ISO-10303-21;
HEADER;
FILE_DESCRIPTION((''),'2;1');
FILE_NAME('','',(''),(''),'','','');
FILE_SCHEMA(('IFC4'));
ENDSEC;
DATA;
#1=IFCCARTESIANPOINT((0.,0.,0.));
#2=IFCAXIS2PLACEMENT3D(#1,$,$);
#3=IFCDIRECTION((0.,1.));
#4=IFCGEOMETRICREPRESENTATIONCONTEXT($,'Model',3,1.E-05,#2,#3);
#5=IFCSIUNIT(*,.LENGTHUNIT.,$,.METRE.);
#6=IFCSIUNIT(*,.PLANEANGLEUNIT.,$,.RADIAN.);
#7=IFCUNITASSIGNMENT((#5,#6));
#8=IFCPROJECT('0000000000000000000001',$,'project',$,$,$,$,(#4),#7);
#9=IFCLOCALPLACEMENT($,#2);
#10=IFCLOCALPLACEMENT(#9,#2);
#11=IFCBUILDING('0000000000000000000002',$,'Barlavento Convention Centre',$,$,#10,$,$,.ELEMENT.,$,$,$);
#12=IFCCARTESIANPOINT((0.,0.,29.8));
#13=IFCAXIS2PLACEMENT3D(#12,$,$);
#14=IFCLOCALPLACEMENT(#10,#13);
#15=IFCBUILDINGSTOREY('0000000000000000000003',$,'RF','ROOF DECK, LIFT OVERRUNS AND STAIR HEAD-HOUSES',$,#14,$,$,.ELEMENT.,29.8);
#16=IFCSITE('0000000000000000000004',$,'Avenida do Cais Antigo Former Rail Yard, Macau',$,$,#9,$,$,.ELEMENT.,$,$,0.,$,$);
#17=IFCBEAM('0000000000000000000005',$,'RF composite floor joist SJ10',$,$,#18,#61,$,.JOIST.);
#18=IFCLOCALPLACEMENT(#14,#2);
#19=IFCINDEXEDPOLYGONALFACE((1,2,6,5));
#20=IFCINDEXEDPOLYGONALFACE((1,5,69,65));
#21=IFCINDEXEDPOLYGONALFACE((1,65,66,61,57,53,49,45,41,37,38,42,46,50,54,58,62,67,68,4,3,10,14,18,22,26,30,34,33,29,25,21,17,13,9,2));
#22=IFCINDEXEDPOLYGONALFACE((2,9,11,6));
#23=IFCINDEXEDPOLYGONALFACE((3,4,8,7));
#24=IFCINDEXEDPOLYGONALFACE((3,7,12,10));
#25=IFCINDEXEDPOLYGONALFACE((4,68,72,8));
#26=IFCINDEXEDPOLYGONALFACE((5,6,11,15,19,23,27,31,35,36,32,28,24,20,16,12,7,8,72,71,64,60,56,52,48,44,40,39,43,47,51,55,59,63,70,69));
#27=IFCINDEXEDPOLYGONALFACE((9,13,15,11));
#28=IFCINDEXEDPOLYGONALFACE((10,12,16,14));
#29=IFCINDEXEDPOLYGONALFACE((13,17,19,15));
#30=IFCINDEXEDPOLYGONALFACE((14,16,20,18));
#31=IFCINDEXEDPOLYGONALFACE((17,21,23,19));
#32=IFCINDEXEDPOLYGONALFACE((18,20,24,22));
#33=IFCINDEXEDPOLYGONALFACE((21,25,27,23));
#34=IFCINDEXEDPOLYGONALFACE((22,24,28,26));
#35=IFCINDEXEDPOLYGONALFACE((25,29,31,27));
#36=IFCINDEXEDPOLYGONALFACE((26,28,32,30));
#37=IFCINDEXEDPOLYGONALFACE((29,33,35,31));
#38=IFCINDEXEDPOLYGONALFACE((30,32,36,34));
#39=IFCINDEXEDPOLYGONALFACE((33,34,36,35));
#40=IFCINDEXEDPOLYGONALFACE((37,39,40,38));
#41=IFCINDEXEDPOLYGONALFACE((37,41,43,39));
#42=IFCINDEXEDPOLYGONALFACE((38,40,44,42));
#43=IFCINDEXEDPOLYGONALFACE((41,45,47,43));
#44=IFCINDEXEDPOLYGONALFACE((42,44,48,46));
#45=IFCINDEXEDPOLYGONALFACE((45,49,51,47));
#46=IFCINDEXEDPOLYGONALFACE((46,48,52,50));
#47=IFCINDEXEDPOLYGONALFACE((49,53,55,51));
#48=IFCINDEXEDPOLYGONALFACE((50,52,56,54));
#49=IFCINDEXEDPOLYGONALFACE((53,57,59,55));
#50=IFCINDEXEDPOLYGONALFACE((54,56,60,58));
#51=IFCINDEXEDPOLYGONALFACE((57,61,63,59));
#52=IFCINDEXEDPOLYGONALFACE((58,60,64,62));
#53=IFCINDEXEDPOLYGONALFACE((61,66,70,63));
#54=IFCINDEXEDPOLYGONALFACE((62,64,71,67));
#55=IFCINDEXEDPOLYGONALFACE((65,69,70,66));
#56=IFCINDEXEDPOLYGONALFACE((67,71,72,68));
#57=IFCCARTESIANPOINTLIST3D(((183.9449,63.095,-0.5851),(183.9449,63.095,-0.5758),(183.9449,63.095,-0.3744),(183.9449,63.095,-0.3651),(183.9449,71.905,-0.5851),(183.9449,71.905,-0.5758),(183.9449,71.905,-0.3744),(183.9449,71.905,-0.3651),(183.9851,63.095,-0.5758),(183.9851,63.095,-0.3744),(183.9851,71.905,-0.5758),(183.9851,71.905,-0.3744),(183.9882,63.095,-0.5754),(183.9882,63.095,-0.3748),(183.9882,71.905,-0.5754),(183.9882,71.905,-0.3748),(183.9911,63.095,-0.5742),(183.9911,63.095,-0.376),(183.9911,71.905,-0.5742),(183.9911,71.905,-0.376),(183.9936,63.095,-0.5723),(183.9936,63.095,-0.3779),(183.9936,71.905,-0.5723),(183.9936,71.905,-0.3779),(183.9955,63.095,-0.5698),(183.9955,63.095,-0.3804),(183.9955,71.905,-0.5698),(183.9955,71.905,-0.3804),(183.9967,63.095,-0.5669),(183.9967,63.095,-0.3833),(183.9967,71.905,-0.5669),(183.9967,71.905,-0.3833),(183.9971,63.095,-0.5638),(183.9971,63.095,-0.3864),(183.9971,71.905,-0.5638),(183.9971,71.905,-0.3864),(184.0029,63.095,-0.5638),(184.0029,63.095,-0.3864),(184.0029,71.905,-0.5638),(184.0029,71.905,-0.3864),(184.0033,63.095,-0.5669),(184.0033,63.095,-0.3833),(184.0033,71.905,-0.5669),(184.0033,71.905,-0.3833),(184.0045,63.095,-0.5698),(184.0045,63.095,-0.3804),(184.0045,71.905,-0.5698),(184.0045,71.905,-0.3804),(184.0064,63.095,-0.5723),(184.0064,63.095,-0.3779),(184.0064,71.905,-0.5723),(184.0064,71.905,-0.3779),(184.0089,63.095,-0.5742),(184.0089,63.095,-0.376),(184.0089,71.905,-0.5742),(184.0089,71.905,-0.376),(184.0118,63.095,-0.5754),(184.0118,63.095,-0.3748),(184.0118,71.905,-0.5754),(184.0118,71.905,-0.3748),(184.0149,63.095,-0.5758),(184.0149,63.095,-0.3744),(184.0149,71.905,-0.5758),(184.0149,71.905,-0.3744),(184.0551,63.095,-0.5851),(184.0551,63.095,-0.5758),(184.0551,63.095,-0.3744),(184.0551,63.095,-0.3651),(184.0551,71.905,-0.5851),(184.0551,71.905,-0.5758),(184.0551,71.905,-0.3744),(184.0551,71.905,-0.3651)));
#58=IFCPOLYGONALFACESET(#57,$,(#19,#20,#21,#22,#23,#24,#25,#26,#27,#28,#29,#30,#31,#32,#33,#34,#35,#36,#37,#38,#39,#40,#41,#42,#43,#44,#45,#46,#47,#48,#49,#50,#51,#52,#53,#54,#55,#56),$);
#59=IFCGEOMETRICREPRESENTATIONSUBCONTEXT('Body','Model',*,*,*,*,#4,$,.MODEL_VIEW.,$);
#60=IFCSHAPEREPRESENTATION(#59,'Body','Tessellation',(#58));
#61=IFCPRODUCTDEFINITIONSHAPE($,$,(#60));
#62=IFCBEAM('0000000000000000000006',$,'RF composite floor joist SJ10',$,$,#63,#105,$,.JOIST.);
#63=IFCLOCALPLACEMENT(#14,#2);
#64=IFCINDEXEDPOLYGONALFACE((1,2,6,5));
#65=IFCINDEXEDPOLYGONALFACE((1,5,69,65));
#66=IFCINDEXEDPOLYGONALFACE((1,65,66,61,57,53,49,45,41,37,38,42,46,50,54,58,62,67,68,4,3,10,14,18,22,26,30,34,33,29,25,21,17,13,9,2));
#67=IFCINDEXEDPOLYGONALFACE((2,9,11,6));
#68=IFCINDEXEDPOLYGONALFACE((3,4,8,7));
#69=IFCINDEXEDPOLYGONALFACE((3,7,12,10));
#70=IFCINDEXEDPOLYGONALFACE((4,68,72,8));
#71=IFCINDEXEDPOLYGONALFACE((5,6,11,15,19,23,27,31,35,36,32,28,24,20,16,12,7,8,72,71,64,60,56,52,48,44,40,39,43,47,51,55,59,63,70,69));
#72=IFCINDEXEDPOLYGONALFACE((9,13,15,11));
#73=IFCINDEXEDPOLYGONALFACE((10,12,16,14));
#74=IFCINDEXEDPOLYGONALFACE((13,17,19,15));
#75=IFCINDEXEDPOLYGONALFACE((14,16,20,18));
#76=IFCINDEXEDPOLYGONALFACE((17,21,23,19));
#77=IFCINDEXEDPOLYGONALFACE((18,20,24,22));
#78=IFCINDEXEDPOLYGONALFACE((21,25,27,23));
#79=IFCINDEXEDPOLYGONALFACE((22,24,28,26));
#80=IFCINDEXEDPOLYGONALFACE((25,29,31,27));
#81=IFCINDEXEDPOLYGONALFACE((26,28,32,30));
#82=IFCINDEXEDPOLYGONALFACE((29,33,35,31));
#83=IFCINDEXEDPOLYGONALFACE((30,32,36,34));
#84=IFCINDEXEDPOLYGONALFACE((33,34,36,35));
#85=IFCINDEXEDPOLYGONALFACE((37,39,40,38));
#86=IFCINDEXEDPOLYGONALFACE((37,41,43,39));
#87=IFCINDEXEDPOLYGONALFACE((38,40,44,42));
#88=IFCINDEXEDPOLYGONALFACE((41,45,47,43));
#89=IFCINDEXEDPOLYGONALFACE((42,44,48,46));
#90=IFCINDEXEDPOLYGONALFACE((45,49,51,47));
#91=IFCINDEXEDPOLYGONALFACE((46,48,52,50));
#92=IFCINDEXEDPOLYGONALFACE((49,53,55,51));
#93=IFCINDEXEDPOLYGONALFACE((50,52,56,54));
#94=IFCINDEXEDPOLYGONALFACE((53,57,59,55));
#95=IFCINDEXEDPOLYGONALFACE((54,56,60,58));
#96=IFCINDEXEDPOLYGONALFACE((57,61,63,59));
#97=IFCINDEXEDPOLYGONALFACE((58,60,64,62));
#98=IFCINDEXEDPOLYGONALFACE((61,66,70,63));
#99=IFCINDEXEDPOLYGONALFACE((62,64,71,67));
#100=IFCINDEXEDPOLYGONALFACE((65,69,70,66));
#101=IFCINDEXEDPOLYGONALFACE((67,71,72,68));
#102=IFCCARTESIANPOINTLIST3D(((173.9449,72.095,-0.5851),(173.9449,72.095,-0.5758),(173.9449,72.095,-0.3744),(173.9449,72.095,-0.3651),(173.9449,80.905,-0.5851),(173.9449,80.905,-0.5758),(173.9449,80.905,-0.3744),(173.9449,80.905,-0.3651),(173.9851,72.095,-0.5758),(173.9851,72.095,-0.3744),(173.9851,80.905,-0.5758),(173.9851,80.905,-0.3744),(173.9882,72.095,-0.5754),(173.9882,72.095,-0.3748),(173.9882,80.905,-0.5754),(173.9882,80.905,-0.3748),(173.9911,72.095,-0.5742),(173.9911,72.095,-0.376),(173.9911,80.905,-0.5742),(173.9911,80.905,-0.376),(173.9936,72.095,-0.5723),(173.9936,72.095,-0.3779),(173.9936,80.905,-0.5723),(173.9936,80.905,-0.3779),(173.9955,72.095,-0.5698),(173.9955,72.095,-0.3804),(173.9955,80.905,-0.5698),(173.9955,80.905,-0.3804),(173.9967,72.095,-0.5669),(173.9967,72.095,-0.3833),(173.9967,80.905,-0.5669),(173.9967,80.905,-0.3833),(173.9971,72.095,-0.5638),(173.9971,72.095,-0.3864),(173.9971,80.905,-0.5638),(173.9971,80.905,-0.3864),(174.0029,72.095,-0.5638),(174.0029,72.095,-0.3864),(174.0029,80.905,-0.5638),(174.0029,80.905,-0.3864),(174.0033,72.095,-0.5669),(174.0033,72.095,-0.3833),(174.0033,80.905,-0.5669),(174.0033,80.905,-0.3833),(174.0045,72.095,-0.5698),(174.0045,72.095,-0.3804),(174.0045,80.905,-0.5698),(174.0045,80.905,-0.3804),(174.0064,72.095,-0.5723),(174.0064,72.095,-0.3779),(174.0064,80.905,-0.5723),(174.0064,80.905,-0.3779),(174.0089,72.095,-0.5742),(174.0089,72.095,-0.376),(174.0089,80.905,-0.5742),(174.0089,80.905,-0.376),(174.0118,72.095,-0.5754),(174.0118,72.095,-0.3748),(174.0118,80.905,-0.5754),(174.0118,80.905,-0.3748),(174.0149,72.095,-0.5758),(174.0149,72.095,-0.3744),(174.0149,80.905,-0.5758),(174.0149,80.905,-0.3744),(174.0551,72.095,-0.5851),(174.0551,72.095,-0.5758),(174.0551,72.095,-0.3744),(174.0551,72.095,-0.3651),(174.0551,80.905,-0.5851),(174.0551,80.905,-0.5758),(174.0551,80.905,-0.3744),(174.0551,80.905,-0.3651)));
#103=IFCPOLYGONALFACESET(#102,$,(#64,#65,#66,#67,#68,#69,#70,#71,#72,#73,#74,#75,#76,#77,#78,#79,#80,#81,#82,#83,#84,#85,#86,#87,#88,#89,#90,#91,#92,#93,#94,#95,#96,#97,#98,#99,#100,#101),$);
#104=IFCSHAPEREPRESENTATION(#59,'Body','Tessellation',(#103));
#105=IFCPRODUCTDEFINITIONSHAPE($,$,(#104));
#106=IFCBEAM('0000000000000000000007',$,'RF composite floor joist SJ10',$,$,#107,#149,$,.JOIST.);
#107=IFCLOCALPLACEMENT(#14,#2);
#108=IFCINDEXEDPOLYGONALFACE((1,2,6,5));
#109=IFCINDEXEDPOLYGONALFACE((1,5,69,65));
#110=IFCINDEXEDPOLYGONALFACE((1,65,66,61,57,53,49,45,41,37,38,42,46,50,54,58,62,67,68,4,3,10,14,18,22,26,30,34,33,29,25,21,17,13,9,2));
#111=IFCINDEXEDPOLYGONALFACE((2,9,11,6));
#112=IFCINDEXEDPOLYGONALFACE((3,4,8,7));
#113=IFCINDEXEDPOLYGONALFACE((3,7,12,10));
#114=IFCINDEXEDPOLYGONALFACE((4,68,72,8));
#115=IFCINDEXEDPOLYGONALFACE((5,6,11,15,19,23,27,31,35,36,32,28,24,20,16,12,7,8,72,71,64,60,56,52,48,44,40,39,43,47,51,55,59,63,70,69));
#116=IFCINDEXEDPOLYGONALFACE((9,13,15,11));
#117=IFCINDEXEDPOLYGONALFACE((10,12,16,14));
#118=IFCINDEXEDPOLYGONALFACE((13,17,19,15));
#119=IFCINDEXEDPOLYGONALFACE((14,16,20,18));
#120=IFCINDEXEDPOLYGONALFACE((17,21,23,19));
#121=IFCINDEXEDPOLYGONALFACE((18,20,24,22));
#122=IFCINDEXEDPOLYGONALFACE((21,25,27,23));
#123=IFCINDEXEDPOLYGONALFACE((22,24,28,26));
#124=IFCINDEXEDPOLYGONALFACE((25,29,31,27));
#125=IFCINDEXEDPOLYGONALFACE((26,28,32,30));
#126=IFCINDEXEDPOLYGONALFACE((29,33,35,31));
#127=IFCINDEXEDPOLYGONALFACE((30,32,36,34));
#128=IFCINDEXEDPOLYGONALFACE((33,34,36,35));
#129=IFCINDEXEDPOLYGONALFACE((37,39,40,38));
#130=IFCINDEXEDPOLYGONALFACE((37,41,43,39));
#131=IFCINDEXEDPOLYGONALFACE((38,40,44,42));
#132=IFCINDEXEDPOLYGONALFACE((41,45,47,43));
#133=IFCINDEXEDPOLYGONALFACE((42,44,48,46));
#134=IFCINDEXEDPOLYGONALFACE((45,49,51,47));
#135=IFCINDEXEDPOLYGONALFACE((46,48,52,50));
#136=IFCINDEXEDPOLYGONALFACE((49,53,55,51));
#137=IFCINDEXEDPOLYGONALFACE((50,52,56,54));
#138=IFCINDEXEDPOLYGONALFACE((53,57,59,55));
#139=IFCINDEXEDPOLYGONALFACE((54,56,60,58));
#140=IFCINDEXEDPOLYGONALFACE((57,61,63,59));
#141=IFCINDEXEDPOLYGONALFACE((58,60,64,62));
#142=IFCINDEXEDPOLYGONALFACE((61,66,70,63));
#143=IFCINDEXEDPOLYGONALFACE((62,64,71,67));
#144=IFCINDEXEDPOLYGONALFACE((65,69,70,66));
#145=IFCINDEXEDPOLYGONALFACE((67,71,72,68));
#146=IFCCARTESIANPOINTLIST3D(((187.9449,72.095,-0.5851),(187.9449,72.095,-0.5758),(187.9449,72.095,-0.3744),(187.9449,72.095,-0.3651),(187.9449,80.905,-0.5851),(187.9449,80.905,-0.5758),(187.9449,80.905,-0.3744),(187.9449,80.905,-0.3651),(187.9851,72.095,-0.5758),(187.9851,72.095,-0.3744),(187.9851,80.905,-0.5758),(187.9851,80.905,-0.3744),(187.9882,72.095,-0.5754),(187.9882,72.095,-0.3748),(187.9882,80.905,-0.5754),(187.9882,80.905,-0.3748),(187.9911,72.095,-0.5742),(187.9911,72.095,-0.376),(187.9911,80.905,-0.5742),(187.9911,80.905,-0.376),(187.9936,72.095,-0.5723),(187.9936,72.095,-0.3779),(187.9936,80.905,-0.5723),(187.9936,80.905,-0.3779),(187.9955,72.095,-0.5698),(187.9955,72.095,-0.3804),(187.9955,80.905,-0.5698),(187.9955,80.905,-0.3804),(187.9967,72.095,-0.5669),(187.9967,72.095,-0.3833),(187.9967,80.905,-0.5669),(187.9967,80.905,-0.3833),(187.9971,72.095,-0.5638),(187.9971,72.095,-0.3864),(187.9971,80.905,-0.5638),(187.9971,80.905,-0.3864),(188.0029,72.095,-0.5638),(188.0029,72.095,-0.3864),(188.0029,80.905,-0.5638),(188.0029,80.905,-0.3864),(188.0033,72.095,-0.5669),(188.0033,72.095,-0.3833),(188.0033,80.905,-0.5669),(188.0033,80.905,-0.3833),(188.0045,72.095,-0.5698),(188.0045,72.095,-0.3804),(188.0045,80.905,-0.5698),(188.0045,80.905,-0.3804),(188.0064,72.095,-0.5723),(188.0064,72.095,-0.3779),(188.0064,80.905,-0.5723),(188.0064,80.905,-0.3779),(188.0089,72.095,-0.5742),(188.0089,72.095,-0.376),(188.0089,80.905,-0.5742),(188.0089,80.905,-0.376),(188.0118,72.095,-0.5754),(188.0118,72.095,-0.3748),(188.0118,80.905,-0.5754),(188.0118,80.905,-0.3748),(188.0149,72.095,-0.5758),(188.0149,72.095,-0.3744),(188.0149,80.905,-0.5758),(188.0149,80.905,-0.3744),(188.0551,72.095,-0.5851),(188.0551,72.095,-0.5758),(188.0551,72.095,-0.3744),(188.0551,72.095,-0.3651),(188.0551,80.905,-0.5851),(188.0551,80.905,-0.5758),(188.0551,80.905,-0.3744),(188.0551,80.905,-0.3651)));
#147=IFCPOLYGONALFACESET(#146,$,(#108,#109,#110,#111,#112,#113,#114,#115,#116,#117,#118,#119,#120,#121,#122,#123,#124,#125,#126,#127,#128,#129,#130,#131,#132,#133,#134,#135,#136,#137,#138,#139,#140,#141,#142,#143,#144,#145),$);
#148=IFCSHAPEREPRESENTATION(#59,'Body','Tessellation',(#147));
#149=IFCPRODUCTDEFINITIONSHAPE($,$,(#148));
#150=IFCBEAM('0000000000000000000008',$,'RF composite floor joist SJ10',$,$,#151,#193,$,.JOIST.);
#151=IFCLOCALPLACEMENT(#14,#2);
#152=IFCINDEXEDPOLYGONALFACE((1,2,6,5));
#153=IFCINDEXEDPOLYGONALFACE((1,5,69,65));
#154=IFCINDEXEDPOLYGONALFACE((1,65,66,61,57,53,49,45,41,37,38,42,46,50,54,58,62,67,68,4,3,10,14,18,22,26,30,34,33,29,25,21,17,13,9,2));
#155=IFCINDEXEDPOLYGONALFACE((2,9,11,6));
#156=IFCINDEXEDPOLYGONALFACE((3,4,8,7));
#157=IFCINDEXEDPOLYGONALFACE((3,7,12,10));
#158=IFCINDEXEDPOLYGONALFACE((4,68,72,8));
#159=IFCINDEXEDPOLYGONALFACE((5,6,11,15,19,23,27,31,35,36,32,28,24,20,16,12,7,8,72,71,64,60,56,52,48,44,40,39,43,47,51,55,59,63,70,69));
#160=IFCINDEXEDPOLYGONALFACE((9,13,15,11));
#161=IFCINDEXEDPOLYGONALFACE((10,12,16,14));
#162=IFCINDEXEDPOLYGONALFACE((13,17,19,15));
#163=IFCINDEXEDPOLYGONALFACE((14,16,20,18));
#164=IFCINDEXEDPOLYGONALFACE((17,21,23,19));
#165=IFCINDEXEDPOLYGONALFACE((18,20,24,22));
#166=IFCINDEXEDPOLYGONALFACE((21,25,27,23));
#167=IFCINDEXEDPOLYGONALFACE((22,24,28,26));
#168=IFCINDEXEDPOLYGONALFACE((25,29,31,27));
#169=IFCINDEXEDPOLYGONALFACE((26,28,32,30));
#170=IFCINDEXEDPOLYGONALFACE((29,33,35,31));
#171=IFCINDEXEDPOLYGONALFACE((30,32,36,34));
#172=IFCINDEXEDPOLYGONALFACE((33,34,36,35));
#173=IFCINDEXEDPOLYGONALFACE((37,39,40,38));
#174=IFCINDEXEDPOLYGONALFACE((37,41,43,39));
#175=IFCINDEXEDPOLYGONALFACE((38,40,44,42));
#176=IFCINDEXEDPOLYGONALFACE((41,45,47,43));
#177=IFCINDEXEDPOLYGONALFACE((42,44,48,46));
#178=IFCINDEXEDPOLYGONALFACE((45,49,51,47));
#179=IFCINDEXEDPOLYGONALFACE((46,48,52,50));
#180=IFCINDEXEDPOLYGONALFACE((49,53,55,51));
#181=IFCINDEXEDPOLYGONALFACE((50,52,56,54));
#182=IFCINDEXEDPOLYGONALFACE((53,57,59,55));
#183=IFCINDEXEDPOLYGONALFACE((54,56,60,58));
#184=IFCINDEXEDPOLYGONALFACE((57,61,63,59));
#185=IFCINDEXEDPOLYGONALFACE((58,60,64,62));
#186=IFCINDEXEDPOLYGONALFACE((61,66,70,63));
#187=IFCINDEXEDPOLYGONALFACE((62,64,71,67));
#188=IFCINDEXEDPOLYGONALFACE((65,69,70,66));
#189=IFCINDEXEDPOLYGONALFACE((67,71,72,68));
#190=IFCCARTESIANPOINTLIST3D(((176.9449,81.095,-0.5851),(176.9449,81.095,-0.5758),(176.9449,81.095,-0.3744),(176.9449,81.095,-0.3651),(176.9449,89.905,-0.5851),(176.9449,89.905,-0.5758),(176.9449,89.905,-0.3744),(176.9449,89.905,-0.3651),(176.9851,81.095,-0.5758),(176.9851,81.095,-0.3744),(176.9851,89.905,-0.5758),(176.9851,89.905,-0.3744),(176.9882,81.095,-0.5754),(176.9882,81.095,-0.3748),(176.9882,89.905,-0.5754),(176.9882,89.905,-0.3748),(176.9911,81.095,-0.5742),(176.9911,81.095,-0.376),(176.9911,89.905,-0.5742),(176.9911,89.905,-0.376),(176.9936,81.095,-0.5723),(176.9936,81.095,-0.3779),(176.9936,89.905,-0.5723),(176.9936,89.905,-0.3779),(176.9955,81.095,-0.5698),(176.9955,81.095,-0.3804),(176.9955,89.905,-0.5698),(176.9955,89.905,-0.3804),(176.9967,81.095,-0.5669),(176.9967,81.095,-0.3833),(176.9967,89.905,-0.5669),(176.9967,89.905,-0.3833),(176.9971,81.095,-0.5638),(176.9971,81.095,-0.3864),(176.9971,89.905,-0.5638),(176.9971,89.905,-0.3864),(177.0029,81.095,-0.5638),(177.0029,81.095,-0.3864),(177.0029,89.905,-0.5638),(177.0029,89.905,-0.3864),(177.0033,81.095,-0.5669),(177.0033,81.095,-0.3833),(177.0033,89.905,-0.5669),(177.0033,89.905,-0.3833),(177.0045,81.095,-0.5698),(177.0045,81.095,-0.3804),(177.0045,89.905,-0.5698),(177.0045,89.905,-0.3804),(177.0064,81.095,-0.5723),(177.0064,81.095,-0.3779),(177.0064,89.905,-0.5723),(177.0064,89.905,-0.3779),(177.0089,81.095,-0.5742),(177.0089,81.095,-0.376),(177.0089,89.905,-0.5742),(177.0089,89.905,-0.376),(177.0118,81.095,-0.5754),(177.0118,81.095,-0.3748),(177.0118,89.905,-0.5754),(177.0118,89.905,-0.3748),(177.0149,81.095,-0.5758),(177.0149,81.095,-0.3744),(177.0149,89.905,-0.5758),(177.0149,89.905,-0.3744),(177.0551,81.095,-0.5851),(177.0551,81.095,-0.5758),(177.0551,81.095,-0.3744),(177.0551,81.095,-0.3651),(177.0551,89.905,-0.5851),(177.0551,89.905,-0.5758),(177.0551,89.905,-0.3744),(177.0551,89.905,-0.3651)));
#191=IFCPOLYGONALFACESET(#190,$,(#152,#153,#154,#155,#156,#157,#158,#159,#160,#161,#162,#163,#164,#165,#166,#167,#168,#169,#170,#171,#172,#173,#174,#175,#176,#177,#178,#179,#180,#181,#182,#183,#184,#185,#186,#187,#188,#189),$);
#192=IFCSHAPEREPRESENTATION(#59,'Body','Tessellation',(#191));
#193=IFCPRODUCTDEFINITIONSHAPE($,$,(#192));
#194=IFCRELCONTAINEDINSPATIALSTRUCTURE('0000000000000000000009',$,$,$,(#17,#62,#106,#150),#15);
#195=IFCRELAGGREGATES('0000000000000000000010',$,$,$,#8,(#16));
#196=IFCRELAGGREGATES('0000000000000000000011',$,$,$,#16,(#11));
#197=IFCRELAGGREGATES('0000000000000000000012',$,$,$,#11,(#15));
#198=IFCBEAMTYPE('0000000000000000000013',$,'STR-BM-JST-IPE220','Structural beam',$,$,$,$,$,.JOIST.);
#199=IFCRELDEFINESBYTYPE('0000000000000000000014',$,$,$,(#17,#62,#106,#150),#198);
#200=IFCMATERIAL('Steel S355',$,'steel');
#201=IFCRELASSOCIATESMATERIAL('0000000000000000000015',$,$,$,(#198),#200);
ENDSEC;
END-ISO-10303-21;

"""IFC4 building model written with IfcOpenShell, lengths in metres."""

from ifc_helpers import new_model, si_unit, direction, frame, origin, origin_2d, place, context, subcontext, project, spatial, i_section, extrude, material, material_profile, profile_set, type_object, element, save


model = new_model("IFC4")

# Units and contexts
model_context = context("Model", 3, precision=1e-05, world=origin(), true_north=direction((0.0, 1.0)))
body_context = subcontext(model_context, "Body", "Model", "MODEL_VIEW")
ifc_project = project(units=[si_unit("LENGTHUNIT", "METRE"), si_unit("PLANEANGLEUNIT", "RADIAN")], contexts=[model_context])

# Site, building, storey
site_placement = place(None, origin())
site = spatial("IfcSite", under=ifc_project, at=site_placement, Name="Avenida do Cais Antigo Former Rail Yard, Macau", CompositionType="ELEMENT", RefElevation=0.0)
building_placement = place(site_placement, origin())
building = spatial("IfcBuilding", under=site, at=building_placement, Name="Barlavento Convention Centre", CompositionType="ELEMENT")
storey_placement = place(building_placement, frame((0.0, 0.0, 29.8)))
storey = spatial("IfcBuildingStorey", under=building, at=storey_placement, Name="RF", Description="ROOF DECK, LIFT OVERRUNS AND STAIR HEAD-HOUSES", CompositionType="ELEMENT", Elevation=29.8)

# Beams
ifc_material_1 = material(Name="Steel S355", Category="steel")
ifc_material_profile_1 = material_profile(ifc_material_1, i_section(OverallWidth=0.1101, OverallDepth=0.22, WebThickness=0.0059, FlangeThickness=0.0093, FilletRadius=0.012, at=origin_2d()), Name="IPE 220")
ifc_profile_set_1 = profile_set([ifc_material_profile_1], Name="Steel S355")
beam_type_1 = type_object("IfcBeamType", Name="STR-BM-JST-IPE220", Description="Structural beam", PredefinedType="JOIST", material=ifc_profile_set_1)
for number, where, z_axis, x_axis, name in (
    (1, (184.0, 63.095, -0.4751), (0.0, 1.0, 0.0), (-1.0, 0.0, 0.0), "RF composite floor joist SJ10"),
    (2, (174.0, 72.095, -0.4751), (0.0, 1.0, 0.0), (-1.0, 0.0, 0.0), "RF composite floor joist SJ10"),
    (3, (188.0, 72.095, -0.4751), (0.0, 1.0, 0.0), (-1.0, 0.0, 0.0), "RF composite floor joist SJ10"),
    (4, (177.0, 81.095, -0.4751), (0.0, 1.0, 0.0), (-1.0, 0.0, 0.0), "RF composite floor joist SJ10"),
):
    element("IfcBeam", number, at=place(storey_placement, frame(where, z_axis=z_axis, x_axis=x_axis)), inside=storey, type_object=beam_type_1, Name=name, PredefinedType="JOIST", context=body_context, shape_type="SweptSolid", body=[
        extrude(i_section(OverallWidth=0.1101, OverallDepth=0.22, WebThickness=0.0059, FlangeThickness=0.0093, FilletRadius=0.012, at=origin_2d()), origin(), (0.0, 0.0, 1.0), 8.8101),
    ])

save(model, "model.ifc")
